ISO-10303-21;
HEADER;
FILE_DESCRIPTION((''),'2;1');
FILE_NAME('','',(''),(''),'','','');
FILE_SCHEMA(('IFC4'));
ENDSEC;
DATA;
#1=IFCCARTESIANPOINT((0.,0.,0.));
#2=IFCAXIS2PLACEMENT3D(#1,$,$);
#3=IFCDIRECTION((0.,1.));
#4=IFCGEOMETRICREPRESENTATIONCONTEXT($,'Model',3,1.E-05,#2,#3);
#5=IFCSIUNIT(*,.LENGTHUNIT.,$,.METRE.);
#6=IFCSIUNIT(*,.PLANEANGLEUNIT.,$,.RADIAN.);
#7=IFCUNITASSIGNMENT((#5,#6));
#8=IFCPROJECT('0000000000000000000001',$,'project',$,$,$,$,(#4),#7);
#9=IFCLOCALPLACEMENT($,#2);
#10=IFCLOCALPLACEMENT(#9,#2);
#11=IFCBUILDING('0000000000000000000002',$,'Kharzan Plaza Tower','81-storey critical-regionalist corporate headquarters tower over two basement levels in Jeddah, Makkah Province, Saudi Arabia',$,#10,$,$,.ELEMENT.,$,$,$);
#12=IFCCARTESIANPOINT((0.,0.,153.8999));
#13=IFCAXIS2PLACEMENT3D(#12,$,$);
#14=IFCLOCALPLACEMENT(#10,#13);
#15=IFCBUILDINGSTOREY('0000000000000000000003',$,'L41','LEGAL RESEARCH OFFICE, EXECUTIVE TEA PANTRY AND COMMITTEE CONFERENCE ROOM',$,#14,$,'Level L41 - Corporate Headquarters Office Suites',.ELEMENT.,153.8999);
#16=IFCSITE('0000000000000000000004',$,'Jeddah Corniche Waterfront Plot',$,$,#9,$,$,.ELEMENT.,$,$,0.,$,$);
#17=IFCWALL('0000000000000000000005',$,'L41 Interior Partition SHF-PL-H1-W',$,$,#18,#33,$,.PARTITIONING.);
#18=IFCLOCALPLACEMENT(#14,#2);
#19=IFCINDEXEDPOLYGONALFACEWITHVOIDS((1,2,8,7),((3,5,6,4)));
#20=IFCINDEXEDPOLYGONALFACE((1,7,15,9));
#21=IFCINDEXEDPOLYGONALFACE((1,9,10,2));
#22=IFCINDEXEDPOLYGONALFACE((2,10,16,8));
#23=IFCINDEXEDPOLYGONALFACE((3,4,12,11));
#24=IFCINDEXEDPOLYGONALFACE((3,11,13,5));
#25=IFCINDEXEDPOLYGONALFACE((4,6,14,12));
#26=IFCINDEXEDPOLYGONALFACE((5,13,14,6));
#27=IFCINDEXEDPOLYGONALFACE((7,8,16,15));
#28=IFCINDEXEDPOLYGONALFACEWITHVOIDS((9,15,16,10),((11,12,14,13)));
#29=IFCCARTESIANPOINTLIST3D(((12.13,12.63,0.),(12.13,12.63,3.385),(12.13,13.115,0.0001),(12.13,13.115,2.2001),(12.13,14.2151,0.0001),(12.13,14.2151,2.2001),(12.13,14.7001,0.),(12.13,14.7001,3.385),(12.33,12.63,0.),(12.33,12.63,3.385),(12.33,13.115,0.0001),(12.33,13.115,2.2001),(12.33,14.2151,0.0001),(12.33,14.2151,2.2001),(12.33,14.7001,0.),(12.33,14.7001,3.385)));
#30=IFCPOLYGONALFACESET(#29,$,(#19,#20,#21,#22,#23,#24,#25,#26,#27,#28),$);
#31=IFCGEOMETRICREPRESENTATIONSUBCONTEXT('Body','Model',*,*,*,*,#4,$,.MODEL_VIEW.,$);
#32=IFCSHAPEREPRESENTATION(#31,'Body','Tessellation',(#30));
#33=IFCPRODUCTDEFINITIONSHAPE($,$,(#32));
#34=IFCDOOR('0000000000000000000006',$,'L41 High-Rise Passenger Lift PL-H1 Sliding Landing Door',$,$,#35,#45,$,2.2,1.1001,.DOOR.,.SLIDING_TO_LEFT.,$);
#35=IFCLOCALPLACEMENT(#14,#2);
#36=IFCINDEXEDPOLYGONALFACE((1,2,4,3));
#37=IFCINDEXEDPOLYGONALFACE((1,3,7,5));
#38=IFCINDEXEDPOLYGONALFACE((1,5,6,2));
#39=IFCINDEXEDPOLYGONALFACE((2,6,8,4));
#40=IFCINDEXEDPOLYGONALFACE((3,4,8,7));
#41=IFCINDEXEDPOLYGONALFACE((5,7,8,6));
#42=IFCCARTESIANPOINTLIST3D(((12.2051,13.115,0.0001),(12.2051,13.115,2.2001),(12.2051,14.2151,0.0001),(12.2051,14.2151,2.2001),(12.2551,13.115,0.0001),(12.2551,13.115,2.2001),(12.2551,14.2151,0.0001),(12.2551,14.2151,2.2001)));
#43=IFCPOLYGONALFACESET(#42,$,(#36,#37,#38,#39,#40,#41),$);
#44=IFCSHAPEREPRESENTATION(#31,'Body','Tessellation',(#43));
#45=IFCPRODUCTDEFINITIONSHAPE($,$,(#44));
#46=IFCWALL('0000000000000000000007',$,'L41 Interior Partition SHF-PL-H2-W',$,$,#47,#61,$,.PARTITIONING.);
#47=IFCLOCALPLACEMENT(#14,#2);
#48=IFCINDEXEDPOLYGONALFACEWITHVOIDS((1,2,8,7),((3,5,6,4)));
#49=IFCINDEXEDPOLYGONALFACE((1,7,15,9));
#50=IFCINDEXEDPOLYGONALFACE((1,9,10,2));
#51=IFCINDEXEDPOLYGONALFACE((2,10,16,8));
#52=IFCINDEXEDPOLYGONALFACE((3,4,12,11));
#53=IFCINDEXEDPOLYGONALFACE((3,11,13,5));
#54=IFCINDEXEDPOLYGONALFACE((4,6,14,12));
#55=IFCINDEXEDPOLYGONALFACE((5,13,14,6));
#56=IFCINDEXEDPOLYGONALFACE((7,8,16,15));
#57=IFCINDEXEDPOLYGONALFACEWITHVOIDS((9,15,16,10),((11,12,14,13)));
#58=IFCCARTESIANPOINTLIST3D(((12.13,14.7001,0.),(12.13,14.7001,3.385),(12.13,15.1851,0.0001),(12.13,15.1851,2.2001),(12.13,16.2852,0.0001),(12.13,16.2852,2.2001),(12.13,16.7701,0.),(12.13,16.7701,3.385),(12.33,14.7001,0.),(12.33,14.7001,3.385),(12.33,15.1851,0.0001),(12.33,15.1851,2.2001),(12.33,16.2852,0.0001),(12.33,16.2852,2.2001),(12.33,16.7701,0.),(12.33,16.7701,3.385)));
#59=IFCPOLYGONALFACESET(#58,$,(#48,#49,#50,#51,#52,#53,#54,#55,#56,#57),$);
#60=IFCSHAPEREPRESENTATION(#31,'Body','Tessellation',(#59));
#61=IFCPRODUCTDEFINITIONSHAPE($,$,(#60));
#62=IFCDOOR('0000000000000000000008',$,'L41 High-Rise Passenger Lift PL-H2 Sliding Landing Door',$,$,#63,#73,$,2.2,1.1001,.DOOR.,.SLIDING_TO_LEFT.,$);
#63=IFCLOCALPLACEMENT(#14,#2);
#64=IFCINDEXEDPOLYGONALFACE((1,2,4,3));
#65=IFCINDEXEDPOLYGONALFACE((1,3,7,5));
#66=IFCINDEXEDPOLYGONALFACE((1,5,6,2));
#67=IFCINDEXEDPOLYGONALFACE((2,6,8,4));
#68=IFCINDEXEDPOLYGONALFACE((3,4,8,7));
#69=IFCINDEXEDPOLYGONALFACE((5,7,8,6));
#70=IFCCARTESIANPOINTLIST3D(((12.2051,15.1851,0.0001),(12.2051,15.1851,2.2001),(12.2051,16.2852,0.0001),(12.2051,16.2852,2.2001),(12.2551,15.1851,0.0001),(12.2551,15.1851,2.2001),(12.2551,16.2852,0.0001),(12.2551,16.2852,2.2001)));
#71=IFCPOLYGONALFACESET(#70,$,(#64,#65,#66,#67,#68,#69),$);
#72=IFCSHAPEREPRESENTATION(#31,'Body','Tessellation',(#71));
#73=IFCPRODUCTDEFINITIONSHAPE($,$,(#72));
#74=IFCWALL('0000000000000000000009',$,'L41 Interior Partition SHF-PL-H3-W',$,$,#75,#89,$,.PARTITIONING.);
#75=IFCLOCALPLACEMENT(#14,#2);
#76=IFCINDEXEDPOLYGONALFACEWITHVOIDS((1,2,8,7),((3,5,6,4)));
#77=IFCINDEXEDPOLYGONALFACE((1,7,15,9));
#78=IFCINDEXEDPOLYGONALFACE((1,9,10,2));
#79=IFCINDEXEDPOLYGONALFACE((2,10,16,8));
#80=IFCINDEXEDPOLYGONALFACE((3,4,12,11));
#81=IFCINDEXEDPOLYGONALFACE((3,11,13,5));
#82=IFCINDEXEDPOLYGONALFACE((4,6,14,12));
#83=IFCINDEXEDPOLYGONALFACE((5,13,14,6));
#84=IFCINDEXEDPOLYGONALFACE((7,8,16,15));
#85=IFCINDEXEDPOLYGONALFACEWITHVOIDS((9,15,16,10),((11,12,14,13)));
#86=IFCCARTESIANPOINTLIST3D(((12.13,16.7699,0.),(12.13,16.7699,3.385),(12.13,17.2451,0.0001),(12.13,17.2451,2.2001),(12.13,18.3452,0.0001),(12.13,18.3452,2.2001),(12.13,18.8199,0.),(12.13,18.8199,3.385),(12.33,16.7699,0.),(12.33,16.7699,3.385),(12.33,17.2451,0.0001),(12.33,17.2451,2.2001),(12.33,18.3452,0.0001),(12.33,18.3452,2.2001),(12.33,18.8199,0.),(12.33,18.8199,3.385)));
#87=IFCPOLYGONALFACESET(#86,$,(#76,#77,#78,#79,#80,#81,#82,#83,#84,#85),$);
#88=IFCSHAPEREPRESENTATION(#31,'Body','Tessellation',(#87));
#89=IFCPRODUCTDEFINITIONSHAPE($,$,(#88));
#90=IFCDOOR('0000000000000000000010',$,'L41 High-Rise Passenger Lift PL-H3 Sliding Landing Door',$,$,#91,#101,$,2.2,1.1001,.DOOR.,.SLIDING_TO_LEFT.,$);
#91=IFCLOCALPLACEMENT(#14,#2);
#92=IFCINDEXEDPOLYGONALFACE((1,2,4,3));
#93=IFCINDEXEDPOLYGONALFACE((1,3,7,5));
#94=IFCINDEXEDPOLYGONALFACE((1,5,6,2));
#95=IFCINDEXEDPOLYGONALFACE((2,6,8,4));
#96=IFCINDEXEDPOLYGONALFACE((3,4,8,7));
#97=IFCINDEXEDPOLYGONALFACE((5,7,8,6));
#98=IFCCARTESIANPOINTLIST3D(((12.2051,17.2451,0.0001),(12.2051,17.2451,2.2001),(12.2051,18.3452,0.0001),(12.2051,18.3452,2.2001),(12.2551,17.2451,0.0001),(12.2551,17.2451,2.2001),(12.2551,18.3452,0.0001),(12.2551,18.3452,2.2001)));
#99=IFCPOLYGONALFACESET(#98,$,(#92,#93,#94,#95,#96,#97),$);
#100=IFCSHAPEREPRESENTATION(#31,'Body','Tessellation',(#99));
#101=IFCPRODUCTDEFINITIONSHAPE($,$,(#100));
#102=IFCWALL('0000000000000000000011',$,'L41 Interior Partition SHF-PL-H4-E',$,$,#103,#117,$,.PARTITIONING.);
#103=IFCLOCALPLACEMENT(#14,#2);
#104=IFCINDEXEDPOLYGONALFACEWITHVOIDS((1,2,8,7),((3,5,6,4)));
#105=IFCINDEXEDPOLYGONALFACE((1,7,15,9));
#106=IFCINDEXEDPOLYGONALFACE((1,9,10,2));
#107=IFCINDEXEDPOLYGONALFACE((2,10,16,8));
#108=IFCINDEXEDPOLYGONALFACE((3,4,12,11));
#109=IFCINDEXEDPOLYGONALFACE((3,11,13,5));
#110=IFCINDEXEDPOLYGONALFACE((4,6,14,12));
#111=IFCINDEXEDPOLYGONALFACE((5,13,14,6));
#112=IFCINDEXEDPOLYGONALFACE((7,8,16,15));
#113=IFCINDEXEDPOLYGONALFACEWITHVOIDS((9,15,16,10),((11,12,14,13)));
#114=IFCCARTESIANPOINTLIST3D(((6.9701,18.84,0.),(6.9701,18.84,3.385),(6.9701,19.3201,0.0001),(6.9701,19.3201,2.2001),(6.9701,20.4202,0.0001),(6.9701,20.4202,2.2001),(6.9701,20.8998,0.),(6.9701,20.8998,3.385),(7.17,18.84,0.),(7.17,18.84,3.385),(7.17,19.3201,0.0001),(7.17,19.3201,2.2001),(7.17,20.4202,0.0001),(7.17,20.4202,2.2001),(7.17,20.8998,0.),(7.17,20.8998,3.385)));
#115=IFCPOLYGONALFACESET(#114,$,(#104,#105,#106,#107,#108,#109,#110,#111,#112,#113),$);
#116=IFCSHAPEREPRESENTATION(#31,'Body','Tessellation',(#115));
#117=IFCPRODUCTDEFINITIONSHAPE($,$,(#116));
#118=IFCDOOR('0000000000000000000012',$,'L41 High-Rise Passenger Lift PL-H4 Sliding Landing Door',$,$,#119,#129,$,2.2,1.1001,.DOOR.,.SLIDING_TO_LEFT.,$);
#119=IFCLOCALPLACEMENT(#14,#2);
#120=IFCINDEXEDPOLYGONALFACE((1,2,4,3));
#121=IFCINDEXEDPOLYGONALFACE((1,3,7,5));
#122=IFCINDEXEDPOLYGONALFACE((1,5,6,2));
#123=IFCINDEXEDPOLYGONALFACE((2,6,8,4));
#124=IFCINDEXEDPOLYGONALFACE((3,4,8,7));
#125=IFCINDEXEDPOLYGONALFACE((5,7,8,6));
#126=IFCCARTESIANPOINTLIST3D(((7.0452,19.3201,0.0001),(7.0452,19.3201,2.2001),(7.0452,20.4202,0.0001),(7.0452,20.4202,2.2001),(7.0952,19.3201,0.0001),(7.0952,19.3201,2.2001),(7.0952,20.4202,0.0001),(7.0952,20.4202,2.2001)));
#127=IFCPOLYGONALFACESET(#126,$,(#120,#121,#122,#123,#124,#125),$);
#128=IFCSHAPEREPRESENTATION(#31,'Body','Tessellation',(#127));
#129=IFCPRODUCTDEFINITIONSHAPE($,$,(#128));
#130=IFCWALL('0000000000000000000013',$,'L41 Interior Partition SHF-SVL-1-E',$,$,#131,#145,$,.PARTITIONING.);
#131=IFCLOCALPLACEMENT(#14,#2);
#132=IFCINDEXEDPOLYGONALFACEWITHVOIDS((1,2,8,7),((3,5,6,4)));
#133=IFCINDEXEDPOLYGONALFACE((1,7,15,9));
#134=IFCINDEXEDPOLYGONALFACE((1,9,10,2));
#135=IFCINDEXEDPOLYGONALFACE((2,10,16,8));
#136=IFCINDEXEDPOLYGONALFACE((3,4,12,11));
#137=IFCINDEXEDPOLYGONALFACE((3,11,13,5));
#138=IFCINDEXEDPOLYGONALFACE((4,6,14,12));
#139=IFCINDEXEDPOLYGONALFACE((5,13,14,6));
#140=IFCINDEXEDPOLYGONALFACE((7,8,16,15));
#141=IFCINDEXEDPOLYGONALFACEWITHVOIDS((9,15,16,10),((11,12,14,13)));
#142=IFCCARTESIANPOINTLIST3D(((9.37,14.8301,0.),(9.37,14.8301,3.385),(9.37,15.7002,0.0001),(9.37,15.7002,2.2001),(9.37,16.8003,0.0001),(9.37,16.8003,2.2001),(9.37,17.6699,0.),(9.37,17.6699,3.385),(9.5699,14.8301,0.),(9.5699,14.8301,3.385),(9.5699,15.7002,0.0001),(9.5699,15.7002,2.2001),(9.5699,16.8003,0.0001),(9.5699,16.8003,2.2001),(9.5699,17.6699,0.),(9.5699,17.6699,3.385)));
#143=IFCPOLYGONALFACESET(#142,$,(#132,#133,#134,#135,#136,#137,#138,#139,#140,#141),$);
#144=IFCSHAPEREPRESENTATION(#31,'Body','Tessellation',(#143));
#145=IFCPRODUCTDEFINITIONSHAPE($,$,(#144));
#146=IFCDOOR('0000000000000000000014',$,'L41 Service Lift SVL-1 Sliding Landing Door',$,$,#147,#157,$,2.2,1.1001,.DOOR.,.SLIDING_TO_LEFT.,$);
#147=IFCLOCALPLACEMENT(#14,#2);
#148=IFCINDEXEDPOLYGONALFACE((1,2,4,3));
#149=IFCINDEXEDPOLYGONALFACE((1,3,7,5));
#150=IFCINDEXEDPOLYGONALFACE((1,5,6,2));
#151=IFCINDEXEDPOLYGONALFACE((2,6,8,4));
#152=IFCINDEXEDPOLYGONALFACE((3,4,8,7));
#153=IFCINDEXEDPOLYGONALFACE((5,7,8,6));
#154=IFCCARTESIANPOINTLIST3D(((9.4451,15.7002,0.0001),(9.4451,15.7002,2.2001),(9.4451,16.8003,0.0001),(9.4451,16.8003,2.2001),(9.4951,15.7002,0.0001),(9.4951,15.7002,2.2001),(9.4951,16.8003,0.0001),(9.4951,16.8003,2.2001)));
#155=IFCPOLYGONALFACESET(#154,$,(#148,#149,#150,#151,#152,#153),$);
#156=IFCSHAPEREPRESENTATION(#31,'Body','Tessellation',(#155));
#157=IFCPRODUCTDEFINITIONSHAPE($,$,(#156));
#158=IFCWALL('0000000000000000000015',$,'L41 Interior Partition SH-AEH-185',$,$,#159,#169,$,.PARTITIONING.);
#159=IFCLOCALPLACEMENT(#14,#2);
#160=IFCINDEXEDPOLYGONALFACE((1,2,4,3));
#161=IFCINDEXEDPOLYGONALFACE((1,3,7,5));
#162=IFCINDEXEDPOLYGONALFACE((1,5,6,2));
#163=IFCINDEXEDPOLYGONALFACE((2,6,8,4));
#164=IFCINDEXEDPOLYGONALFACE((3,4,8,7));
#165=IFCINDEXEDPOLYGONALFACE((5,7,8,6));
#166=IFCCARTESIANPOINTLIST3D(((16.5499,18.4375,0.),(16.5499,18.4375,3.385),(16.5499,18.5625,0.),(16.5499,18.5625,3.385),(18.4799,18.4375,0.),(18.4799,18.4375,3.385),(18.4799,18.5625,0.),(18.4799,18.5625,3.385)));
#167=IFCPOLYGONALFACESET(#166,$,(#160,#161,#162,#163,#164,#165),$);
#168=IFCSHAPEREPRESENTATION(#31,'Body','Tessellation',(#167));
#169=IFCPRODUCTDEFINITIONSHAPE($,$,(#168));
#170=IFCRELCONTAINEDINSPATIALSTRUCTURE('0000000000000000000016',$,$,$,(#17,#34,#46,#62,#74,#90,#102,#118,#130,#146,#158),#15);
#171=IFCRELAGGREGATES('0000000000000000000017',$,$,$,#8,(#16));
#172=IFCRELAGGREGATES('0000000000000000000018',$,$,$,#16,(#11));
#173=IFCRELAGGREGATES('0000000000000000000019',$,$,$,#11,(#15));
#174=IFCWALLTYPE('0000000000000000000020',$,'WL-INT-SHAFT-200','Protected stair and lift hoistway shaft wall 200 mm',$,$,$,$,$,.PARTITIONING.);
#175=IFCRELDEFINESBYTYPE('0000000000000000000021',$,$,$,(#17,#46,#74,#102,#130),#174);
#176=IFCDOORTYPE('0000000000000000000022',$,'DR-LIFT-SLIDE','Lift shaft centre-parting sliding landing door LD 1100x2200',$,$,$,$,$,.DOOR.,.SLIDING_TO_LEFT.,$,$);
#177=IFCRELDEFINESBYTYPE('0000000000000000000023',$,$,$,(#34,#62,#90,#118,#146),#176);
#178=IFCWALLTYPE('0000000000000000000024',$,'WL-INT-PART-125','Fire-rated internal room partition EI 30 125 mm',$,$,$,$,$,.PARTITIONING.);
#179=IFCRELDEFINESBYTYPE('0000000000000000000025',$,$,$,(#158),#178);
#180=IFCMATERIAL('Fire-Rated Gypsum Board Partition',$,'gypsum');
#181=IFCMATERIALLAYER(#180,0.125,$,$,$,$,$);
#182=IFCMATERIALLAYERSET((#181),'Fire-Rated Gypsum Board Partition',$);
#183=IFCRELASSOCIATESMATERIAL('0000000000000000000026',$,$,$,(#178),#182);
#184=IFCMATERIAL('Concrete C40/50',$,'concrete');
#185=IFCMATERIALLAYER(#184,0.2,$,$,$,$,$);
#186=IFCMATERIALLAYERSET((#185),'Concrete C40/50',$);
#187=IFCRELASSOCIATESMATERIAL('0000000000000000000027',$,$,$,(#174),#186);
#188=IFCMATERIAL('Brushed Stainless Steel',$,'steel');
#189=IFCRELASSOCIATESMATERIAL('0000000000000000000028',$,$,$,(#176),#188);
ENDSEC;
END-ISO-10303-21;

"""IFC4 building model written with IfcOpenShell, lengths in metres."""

from ifc_helpers import new_model, si_unit, direction, frame, frame_2d, origin, place, context, subcontext, project, spatial, rectangle, extrude, source, transform, mapped, material, layer, layer_set, type_object, element, fill, save


model = new_model("IFC4")

# Units and contexts
model_context = context("Model", 3, precision=1e-05, world=origin(), true_north=direction((0.0, 1.0)))
body_context = subcontext(model_context, "Body", "Model", "MODEL_VIEW")
ifc_project = project(units=[si_unit("LENGTHUNIT", "METRE"), si_unit("PLANEANGLEUNIT", "RADIAN")], contexts=[model_context])

# Site, building, storey
site_placement = place(None, origin())
site = spatial("IfcSite", under=ifc_project, at=site_placement, Name="Jeddah Corniche Waterfront Plot", CompositionType="ELEMENT", RefElevation=0.0)
building_placement = place(site_placement, origin())
building = spatial("IfcBuilding", under=site, at=building_placement, Name="Kharzan Plaza Tower", Description="81-storey critical-regionalist corporate headquarters tower over two basement levels in Jeddah, Makkah Province, Saudi Arabia", CompositionType="ELEMENT")
storey_placement = place(building_placement, frame((0.0, 0.0, 153.8999)))
storey = spatial("IfcBuildingStorey", under=building, at=storey_placement, Name="L41", Description="LEGAL RESEARCH OFFICE, EXECUTIVE TEA PANTRY AND COMMITTEE CONFERENCE ROOM", LongName="Level L41 - Corporate Headquarters Office Suites", CompositionType="ELEMENT", Elevation=153.8999)

# Walls, openings, doors
ifc_material_1 = material(Name="Fire-Rated Gypsum Board Partition", Category="gypsum")
ifc_layer_1 = layer(ifc_material_1, 0.125)
ifc_layer_set_1 = layer_set([ifc_layer_1], Name="Fire-Rated Gypsum Board Partition")
wall_type_1 = type_object("IfcWallType", Name="WL-INT-PART-125", Description="Fire-rated internal room partition EI 30 125 mm", PredefinedType="PARTITIONING", material=ifc_layer_set_1)
ifc_material_2 = material(Name="Concrete C40/50", Category="concrete")
ifc_layer_2 = layer(ifc_material_2, 0.2)
ifc_layer_set_2 = layer_set([ifc_layer_2], Name="Concrete C40/50")
wall_type_2 = type_object("IfcWallType", Name="WL-INT-SHAFT-200", Description="Protected stair and lift hoistway shaft wall 200 mm", PredefinedType="PARTITIONING", material=ifc_layer_set_2)
wall_1_placement = place(storey_placement, frame((12.23, 12.6299, 0.0), z_axis=(0.0, 0.0, 1.0), x_axis=(0.0, 1.0, 0.0)))
wall_1 = element("IfcWall", 1, at=wall_1_placement, inside=storey, type_object=wall_type_2, Name="L41 Interior Partition SHF-PL-H1-W", PredefinedType="PARTITIONING", context=body_context, shape_type="SweptSolid", body=[
    extrude(rectangle(XDim=2.0701, YDim=0.2, at=frame_2d((1.0352, 0.0))), origin(), (0.0, 0.0, 1.0), 3.385),
])
opening_1_placement = place(wall_1_placement, frame((0.4851, 0.0, 0.0)))
opening_1 = element("IfcOpeningElement", 2, at=opening_1_placement, cuts=wall_1, PredefinedType="OPENING", context=body_context, shape_type="SweptSolid", body=[
    extrude(rectangle(XDim=1.1001, YDim=2.2, at=frame_2d((0.55, 1.1001))), frame((0.0, 0.1099, 0.0), z_axis=(0.0, -1.0, 0.0), x_axis=(1.0, 0.0, 0.0)), (0.0, 0.0, 1.0), 0.22),
])
ifc_material_3 = material(Name="Brushed Stainless Steel", Category="steel")
door_type_1 = type_object("IfcDoorType", Name="DR-LIFT-SLIDE", Description="Lift shaft centre-parting sliding landing door LD 1100x2200", OperationType="SLIDING_TO_LEFT", PredefinedType="DOOR", material=ifc_material_3)
shared_shape_1 = source(origin(), body_context, "Body", "SweptSolid", [
    extrude(rectangle(XDim=1.1001, YDim=2.2, at=frame_2d((0.55, 1.1001))), frame((0.0, 0.0249, 0.0), z_axis=(0.0, -1.0, 0.0), x_axis=(1.0, 0.0, 0.0)), (0.0, 0.0, 1.0), 0.05),
])
door_1_placement = place(opening_1_placement, origin())
door_1 = element("IfcDoor", 3, at=door_1_placement, inside=storey, type_object=door_type_1, Name="L41 High-Rise Passenger Lift PL-H1 Sliding Landing Door", OperationType="SLIDING_TO_LEFT", OverallHeight=2.2, OverallWidth=1.1001, PredefinedType="DOOR", context=body_context, shape_type="MappedRepresentation", body=[
    mapped(shared_shape_1, transform((0.0, 0.0, 0.0), x_axis=(1.0, 0.0, 0.0), y_axis=(0.0, 1.0, 0.0), z_axis=(0.0, 0.0, 1.0))),
])
fill(opening_1, door_1)
wall_2_placement = place(storey_placement, frame((12.23, 14.7, 0.0), z_axis=(0.0, 0.0, 1.0), x_axis=(0.0, 1.0, 0.0)))
wall_2 = element("IfcWall", 4, at=wall_2_placement, inside=storey, type_object=wall_type_2, Name="L41 Interior Partition SHF-PL-H2-W", PredefinedType="PARTITIONING", context=body_context, shape_type="SweptSolid", body=[
    extrude(rectangle(XDim=2.0701, YDim=0.2, at=frame_2d((1.0352, 0.0))), origin(), (0.0, 0.0, 1.0), 3.385),
])
opening_2_placement = place(wall_2_placement, frame((0.4851, 0.0, 0.0)))
opening_2 = element("IfcOpeningElement", 5, at=opening_2_placement, cuts=wall_2, PredefinedType="OPENING", context=body_context, shape_type="SweptSolid", body=[
    extrude(rectangle(XDim=1.1001, YDim=2.2, at=frame_2d((0.55, 1.1001))), frame((0.0, 0.1099, 0.0), z_axis=(0.0, -1.0, 0.0), x_axis=(1.0, 0.0, 0.0)), (0.0, 0.0, 1.0), 0.22),
])
door_2_placement = place(opening_2_placement, origin())
door_2 = element("IfcDoor", 6, at=door_2_placement, inside=storey, type_object=door_type_1, Name="L41 High-Rise Passenger Lift PL-H2 Sliding Landing Door", OperationType="SLIDING_TO_LEFT", OverallHeight=2.2, OverallWidth=1.1001, PredefinedType="DOOR", context=body_context, shape_type="MappedRepresentation", body=[
    mapped(shared_shape_1, transform((0.0, 0.0, 0.0), x_axis=(1.0, 0.0, 0.0), y_axis=(0.0, 1.0, 0.0), z_axis=(0.0, 0.0, 1.0))),
])
fill(opening_2, door_2)
wall_3_placement = place(storey_placement, frame((12.23, 16.77, 0.0), z_axis=(0.0, 0.0, 1.0), x_axis=(0.0, 1.0, 0.0)))
wall_3 = element("IfcWall", 7, at=wall_3_placement, inside=storey, type_object=wall_type_2, Name="L41 Interior Partition SHF-PL-H3-W", PredefinedType="PARTITIONING", context=body_context, shape_type="SweptSolid", body=[
    extrude(rectangle(XDim=2.05, YDim=0.2, at=frame_2d((1.0249, 0.0))), origin(), (0.0, 0.0, 1.0), 3.385),
])
opening_3_placement = place(wall_3_placement, frame((0.4751, 0.0, 0.0)))
opening_3 = element("IfcOpeningElement", 8, at=opening_3_placement, cuts=wall_3, PredefinedType="OPENING", context=body_context, shape_type="SweptSolid", body=[
    extrude(rectangle(XDim=1.1001, YDim=2.2, at=frame_2d((0.55, 1.1001))), frame((0.0, 0.1099, 0.0), z_axis=(0.0, -1.0, 0.0), x_axis=(1.0, 0.0, 0.0)), (0.0, 0.0, 1.0), 0.22),
])
door_3_placement = place(opening_3_placement, origin())
door_3 = element("IfcDoor", 9, at=door_3_placement, inside=storey, type_object=door_type_1, Name="L41 High-Rise Passenger Lift PL-H3 Sliding Landing Door", OperationType="SLIDING_TO_LEFT", OverallHeight=2.2, OverallWidth=1.1001, PredefinedType="DOOR", context=body_context, shape_type="MappedRepresentation", body=[
    mapped(shared_shape_1, transform((0.0, 0.0, 0.0), x_axis=(1.0, 0.0, 0.0), y_axis=(0.0, 1.0, 0.0), z_axis=(0.0, 0.0, 1.0))),
])
fill(opening_3, door_3)
wall_4_placement = place(storey_placement, frame((7.0701, 18.8401, 0.0), z_axis=(0.0, 0.0, 1.0), x_axis=(0.0, 1.0, 0.0)))
wall_4 = element("IfcWall", 10, at=wall_4_placement, inside=storey, type_object=wall_type_2, Name="L41 Interior Partition SHF-PL-H4-E", PredefinedType="PARTITIONING", context=body_context, shape_type="SweptSolid", body=[
    extrude(rectangle(XDim=2.0598, YDim=0.2, at=frame_2d((1.0298, 0.0))), origin(), (0.0, 0.0, 1.0), 3.385),
])
opening_4_placement = place(wall_4_placement, frame((0.48, 0.0, 0.0)))
opening_4 = element("IfcOpeningElement", 11, at=opening_4_placement, cuts=wall_4, PredefinedType="OPENING", context=body_context, shape_type="SweptSolid", body=[
    extrude(rectangle(XDim=1.1001, YDim=2.2, at=frame_2d((0.55, 1.1001))), frame((0.0, 0.1099, 0.0), z_axis=(0.0, -1.0, 0.0), x_axis=(1.0, 0.0, 0.0)), (0.0, 0.0, 1.0), 0.22),
])
door_4_placement = place(opening_4_placement, origin())
door_4 = element("IfcDoor", 12, at=door_4_placement, inside=storey, type_object=door_type_1, Name="L41 High-Rise Passenger Lift PL-H4 Sliding Landing Door", OperationType="SLIDING_TO_LEFT", OverallHeight=2.2, OverallWidth=1.1001, PredefinedType="DOOR", context=body_context, shape_type="MappedRepresentation", body=[
    mapped(shared_shape_1, transform((0.0, 0.0, 0.0), x_axis=(1.0, 0.0, 0.0), y_axis=(0.0, 1.0, 0.0), z_axis=(0.0, 0.0, 1.0))),
])
fill(opening_4, door_4)
wall_5_placement = place(storey_placement, frame((9.47, 14.8301, 0.0), z_axis=(0.0, 0.0, 1.0), x_axis=(0.0, 1.0, 0.0)))
wall_5 = element("IfcWall", 13, at=wall_5_placement, inside=storey, type_object=wall_type_2, Name="L41 Interior Partition SHF-SVL-1-E", PredefinedType="PARTITIONING", context=body_context, shape_type="SweptSolid", body=[
    extrude(rectangle(XDim=2.8398, YDim=0.2, at=frame_2d((1.4199, 0.0))), origin(), (0.0, 0.0, 1.0), 3.385),
])
opening_5_placement = place(wall_5_placement, frame((0.8701, 0.0, 0.0)))
opening_5 = element("IfcOpeningElement", 14, at=opening_5_placement, cuts=wall_5, PredefinedType="OPENING", context=body_context, shape_type="SweptSolid", body=[
    extrude(rectangle(XDim=1.1001, YDim=2.2, at=frame_2d((0.55, 1.1001))), frame((0.0, 0.1099, 0.0), z_axis=(0.0, -1.0, 0.0), x_axis=(1.0, 0.0, 0.0)), (0.0, 0.0, 1.0), 0.22),
])
door_5_placement = place(opening_5_placement, origin())
door_5 = element("IfcDoor", 15, at=door_5_placement, inside=storey, type_object=door_type_1, Name="L41 Service Lift SVL-1 Sliding Landing Door", OperationType="SLIDING_TO_LEFT", OverallHeight=2.2, OverallWidth=1.1001, PredefinedType="DOOR", context=body_context, shape_type="MappedRepresentation", body=[
    mapped(shared_shape_1, transform((0.0, 0.0, 0.0), x_axis=(1.0, 0.0, 0.0), y_axis=(0.0, 1.0, 0.0), z_axis=(0.0, 0.0, 1.0))),
])
fill(opening_5, door_5)

# Wall
shared_shape_2 = source(origin(), body_context, "Body", "SweptSolid", [
    extrude(rectangle(XDim=1.9299, YDim=0.125, at=frame_2d((0.9648, 0.0))), origin(), (0.0, 0.0, 1.0), 3.385),
])
wall_6_placement = place(storey_placement, frame((16.55, 18.5, 0.0), z_axis=(0.0, 0.0, 1.0), x_axis=(1.0, 0.0, 0.0)))
element("IfcWall", 16, at=wall_6_placement, inside=storey, type_object=wall_type_1, Name="L41 Interior Partition SH-AEH-185", PredefinedType="PARTITIONING", context=body_context, shape_type="MappedRepresentation", body=[
    mapped(shared_shape_2, transform((0.0, 0.0, 0.0), x_axis=(1.0, 0.0, 0.0), y_axis=(0.0, 1.0, 0.0), z_axis=(0.0, 0.0, 1.0))),
])

save(model, "model.ifc")
